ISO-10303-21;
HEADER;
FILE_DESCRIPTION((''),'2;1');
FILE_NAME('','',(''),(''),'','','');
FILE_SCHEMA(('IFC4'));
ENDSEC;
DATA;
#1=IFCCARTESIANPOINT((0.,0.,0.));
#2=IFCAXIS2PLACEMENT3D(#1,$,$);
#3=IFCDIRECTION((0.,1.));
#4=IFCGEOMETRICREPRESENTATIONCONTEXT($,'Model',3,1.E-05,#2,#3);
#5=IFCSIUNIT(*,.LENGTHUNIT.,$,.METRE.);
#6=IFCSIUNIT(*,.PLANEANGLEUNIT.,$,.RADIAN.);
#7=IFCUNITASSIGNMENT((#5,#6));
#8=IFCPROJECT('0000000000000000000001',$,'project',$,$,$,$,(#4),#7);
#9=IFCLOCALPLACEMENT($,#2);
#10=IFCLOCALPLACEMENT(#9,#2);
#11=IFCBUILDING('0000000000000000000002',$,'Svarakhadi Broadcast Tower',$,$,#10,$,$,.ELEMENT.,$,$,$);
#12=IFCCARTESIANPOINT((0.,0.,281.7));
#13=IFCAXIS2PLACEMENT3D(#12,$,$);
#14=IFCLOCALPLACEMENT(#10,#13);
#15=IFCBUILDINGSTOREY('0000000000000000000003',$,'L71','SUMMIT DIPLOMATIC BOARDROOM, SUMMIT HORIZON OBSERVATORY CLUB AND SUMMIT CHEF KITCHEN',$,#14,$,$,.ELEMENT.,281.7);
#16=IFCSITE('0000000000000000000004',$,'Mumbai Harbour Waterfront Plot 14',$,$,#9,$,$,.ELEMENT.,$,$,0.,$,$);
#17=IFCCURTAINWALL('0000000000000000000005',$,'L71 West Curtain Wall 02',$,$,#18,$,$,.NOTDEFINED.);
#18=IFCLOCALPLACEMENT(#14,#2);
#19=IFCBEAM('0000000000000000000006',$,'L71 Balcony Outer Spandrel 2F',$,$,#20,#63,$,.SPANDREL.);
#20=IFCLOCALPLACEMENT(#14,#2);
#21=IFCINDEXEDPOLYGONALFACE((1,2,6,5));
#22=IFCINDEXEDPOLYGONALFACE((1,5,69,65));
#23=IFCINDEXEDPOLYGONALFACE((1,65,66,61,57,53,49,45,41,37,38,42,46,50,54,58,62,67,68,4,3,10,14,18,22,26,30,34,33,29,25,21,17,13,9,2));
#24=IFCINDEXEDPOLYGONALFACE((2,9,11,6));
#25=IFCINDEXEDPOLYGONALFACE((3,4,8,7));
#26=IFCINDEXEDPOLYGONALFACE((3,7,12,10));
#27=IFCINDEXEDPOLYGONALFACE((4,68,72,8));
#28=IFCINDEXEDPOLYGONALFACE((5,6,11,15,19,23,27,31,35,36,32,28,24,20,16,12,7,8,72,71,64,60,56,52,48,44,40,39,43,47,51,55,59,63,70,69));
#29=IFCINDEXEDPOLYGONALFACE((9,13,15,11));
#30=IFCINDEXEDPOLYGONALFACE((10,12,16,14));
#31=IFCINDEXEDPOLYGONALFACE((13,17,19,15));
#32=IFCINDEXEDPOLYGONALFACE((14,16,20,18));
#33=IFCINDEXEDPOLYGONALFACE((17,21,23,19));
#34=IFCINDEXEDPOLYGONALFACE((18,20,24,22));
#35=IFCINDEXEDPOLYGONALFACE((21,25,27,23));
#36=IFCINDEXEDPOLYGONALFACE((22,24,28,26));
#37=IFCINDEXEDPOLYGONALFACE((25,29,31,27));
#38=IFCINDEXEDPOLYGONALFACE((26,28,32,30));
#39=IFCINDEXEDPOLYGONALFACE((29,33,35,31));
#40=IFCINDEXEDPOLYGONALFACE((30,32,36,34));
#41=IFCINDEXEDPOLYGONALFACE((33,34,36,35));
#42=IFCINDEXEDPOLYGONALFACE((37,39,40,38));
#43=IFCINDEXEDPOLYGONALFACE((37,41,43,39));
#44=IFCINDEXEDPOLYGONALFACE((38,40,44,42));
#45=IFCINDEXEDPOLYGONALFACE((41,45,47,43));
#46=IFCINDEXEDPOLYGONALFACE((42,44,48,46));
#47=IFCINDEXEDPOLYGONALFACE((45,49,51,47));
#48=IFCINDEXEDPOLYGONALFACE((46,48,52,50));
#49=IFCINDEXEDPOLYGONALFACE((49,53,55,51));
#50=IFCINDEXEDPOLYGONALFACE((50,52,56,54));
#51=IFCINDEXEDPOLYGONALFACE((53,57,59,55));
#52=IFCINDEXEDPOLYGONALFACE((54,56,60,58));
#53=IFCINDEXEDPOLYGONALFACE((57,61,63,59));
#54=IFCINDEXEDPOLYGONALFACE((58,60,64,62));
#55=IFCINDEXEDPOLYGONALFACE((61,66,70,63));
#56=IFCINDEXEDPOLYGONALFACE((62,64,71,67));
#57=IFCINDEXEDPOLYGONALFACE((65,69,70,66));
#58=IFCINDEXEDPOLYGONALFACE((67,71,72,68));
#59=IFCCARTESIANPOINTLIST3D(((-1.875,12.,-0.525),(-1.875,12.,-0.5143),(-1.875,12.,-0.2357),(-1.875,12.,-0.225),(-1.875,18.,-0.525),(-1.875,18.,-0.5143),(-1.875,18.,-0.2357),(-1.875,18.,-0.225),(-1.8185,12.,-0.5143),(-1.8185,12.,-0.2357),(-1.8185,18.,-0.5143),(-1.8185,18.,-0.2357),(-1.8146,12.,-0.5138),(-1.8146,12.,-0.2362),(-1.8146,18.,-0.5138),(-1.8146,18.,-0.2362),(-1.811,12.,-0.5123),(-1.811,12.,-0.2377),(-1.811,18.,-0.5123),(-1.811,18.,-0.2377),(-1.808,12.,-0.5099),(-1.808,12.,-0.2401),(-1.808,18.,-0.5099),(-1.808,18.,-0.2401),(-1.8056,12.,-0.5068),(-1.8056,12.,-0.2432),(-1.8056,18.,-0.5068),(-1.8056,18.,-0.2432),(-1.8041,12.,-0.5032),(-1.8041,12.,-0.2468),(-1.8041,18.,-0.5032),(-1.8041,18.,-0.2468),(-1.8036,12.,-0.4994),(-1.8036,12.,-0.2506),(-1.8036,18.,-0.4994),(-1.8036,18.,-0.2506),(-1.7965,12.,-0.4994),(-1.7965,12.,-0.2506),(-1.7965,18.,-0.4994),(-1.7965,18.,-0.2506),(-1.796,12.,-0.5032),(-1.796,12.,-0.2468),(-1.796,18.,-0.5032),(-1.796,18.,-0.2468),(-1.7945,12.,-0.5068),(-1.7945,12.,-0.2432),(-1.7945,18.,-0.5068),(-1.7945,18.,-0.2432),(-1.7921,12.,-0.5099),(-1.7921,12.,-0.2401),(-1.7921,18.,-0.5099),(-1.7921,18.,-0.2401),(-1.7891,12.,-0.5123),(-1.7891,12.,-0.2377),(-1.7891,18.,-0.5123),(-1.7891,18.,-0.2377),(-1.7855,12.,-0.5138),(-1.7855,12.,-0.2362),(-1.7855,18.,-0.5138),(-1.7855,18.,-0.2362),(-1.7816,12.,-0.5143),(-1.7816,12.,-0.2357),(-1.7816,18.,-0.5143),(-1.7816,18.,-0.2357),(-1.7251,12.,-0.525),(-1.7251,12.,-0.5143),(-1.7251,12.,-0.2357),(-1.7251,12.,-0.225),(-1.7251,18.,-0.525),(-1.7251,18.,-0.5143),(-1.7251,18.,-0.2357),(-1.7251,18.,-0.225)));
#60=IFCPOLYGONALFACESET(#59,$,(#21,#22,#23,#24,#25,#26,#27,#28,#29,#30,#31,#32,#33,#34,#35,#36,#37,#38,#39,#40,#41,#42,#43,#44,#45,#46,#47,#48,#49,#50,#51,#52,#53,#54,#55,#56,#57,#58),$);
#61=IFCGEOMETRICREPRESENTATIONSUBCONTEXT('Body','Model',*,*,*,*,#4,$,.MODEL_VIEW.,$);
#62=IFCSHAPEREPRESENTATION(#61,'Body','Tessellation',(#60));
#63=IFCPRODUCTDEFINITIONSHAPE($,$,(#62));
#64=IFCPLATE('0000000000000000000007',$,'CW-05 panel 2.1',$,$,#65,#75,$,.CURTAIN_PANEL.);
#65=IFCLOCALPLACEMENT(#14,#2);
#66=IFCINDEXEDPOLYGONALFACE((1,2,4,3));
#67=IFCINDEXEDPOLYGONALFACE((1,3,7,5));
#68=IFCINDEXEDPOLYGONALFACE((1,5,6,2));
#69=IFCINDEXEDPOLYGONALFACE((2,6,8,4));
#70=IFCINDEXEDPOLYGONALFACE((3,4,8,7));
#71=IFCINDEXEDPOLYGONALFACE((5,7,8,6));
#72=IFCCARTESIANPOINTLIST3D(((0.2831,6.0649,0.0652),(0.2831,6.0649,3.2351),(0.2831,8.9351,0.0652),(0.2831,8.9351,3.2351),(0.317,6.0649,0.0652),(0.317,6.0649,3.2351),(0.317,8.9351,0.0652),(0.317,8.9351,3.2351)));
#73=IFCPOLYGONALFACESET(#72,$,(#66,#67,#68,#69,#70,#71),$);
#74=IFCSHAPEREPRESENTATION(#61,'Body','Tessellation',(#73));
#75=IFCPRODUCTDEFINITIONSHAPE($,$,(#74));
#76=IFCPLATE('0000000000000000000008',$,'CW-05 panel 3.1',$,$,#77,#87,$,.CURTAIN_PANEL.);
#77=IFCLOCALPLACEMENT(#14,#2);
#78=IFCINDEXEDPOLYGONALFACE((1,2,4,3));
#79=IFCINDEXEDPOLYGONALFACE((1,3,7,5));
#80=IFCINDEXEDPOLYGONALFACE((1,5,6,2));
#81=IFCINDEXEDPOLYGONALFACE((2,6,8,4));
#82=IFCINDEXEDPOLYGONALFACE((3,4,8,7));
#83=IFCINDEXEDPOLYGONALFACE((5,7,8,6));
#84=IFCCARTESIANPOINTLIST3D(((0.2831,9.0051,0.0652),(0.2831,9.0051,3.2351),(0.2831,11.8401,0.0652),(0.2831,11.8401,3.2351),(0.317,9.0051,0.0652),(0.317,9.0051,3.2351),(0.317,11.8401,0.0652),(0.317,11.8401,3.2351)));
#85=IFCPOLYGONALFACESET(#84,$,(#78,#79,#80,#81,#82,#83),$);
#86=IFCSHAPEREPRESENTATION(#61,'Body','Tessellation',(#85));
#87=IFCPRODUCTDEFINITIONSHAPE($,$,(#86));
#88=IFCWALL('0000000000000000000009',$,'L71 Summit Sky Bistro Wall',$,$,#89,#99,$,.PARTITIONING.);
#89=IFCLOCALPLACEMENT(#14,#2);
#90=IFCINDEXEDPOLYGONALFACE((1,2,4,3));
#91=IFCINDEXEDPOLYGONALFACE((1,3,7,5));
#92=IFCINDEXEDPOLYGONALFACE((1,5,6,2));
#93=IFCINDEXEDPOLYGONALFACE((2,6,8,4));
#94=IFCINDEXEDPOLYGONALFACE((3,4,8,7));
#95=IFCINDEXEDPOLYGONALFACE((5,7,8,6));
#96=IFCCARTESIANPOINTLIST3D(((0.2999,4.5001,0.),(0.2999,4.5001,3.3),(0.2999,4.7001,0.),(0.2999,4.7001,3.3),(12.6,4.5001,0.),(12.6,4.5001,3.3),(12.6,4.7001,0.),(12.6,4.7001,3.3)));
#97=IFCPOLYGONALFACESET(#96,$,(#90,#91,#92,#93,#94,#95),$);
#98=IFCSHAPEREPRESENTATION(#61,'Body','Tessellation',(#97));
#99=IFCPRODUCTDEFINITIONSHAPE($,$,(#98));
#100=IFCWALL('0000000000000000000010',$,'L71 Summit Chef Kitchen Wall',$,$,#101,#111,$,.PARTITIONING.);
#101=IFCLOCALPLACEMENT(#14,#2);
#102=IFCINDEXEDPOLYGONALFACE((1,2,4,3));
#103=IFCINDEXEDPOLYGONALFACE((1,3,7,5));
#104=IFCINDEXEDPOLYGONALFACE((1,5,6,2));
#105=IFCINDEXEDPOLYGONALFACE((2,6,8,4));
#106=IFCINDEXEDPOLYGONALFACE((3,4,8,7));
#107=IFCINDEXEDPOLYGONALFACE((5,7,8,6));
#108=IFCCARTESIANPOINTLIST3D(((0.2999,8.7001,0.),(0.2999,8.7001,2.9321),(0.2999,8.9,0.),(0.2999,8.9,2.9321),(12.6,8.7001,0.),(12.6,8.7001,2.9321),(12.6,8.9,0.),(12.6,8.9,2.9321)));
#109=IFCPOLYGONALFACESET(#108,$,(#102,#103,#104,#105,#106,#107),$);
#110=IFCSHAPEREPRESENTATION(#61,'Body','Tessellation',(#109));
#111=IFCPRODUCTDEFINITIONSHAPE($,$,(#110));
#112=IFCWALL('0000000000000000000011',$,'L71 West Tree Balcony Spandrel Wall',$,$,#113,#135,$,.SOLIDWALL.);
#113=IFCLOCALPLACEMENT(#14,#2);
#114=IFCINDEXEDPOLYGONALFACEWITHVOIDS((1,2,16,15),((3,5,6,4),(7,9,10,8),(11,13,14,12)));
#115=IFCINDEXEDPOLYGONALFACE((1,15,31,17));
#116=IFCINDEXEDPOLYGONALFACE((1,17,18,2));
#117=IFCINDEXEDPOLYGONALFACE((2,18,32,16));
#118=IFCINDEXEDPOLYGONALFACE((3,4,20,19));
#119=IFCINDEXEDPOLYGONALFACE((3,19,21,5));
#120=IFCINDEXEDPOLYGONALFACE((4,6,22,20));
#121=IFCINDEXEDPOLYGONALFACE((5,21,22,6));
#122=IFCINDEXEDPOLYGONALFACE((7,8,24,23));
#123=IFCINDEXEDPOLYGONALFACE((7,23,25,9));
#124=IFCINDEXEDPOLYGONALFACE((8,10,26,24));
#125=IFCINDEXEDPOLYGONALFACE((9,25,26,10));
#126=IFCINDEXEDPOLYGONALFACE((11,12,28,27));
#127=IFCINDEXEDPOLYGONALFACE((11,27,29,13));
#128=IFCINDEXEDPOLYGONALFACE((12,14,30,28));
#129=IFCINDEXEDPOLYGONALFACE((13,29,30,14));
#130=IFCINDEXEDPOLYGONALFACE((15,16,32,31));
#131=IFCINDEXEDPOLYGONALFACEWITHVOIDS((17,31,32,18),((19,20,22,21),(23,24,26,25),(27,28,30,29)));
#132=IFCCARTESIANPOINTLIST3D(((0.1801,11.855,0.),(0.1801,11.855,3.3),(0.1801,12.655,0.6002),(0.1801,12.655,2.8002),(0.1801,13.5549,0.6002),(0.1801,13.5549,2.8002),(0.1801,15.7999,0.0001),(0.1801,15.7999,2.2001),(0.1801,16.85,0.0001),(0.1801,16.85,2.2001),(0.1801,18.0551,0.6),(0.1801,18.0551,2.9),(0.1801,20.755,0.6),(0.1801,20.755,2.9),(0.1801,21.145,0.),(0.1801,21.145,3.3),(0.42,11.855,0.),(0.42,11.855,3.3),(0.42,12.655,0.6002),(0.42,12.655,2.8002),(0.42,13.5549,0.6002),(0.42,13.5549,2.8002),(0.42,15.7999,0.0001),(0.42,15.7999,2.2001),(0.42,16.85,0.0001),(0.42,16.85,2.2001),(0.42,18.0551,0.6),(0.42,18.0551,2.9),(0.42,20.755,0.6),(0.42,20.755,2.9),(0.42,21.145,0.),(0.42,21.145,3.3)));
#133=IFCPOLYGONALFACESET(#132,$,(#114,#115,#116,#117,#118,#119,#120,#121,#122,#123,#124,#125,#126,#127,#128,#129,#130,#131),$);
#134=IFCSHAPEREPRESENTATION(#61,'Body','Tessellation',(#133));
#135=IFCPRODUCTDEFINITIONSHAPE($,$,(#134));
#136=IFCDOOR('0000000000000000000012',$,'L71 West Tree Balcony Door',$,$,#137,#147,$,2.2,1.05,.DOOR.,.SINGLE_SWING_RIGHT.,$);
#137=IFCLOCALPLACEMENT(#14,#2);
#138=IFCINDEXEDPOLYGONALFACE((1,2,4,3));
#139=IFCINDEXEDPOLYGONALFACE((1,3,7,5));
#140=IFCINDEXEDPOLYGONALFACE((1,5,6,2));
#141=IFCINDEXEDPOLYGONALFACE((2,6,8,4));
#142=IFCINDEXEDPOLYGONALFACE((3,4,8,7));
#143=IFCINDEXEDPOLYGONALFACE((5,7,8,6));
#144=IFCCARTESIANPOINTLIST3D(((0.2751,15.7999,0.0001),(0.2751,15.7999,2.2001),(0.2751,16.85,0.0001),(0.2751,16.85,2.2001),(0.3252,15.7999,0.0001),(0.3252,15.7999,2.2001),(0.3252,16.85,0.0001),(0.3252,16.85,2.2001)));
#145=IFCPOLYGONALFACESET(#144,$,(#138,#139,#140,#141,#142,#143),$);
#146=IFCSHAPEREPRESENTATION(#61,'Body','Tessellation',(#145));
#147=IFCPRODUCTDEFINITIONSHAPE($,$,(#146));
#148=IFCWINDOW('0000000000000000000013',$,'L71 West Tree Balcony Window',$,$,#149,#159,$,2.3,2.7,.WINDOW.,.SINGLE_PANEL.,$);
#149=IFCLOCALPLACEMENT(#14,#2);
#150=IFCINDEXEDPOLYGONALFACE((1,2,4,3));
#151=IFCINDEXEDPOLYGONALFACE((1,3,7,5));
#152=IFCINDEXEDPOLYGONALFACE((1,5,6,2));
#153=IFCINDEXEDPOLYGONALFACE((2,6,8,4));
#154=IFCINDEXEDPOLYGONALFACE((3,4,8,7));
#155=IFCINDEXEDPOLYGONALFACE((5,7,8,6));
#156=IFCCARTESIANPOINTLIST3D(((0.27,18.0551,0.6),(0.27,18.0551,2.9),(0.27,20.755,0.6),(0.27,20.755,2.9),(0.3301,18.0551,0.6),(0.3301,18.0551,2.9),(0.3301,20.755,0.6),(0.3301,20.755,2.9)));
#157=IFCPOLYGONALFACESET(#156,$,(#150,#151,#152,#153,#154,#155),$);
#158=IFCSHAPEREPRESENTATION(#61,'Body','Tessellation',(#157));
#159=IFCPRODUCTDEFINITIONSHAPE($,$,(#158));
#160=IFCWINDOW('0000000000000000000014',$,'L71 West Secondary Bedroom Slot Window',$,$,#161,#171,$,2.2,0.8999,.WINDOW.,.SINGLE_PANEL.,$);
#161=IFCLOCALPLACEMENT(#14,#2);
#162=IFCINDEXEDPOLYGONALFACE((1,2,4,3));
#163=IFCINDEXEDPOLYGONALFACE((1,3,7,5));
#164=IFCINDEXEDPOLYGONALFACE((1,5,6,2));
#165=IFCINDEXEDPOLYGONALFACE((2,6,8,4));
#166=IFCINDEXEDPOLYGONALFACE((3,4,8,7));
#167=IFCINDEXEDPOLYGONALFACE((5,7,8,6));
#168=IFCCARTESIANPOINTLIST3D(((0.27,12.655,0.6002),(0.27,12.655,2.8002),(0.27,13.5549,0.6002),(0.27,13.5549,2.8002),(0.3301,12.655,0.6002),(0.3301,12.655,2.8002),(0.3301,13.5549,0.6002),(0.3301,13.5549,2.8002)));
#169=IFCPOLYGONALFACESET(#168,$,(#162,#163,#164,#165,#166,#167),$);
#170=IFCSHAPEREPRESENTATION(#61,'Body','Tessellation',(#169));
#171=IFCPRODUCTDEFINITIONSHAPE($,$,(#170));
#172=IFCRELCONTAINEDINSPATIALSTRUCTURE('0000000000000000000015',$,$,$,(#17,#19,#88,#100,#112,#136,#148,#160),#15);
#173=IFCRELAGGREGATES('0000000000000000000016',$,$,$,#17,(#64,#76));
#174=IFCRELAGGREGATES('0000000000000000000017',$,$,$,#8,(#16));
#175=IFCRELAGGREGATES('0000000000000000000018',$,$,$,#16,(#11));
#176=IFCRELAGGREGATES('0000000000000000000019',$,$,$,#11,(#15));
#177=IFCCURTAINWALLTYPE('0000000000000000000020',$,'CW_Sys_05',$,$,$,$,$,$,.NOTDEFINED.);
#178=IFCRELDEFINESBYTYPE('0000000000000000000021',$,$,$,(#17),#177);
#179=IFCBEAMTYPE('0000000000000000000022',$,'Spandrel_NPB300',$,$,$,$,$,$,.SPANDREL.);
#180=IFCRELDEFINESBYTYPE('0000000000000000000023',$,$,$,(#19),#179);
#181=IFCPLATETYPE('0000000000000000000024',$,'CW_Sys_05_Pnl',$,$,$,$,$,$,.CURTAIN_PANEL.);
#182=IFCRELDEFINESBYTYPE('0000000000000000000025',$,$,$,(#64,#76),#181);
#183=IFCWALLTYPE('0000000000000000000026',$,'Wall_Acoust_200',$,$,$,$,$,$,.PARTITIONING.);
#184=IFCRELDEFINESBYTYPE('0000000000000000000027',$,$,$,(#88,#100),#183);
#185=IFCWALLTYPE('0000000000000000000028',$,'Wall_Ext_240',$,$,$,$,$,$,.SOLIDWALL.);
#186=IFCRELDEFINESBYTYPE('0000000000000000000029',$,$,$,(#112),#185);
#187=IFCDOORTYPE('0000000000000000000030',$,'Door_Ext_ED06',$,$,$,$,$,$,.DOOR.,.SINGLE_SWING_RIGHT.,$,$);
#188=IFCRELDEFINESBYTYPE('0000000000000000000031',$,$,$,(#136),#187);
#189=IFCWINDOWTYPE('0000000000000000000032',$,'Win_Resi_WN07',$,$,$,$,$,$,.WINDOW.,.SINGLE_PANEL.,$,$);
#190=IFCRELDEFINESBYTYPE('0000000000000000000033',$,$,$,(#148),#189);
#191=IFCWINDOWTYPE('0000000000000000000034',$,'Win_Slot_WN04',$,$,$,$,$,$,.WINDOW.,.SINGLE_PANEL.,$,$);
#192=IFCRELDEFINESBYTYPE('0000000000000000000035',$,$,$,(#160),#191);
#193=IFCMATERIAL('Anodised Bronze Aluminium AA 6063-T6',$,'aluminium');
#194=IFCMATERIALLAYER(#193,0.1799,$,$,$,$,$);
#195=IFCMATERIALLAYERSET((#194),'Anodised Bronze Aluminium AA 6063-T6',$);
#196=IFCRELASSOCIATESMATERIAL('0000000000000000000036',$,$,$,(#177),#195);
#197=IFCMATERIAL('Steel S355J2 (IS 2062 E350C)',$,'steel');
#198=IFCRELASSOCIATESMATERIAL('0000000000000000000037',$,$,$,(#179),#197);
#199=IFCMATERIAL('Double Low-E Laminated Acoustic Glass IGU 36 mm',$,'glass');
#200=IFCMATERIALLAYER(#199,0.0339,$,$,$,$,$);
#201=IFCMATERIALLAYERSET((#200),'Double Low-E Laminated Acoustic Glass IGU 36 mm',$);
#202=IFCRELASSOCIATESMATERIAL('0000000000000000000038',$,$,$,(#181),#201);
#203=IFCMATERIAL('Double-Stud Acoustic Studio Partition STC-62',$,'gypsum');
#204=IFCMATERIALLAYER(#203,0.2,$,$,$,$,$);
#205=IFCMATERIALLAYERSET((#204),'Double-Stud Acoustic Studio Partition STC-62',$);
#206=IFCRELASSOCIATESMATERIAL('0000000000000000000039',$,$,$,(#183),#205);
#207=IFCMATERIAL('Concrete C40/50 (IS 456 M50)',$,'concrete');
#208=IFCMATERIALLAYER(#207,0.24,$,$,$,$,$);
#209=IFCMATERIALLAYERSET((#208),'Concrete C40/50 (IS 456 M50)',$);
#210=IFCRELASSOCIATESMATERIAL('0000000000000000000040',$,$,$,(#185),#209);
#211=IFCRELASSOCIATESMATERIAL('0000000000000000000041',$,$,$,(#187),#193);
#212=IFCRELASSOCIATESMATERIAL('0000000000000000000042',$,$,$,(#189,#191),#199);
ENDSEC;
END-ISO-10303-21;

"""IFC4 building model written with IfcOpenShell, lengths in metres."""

from ifc_helpers import new_model, si_unit, direction, frame, frame_2d, origin, origin_2d, place, context, subcontext, project, spatial, rectangle, i_section, extrude, material, layer, layer_set, material_profile, profile_set, type_object, element, fill, aggregate, save


model = new_model("IFC4")

# Units and contexts
model_context = context("Model", 3, precision=1e-05, world=origin(), true_north=direction((0.0, 1.0)))
body_context = subcontext(model_context, "Body", "Model", "MODEL_VIEW")
ifc_project = project(units=[si_unit("LENGTHUNIT", "METRE"), si_unit("PLANEANGLEUNIT", "RADIAN")], contexts=[model_context])

# Site, building, storey
site_placement = place(None, origin())
site = spatial("IfcSite", under=ifc_project, at=site_placement, Name="Mumbai Harbour Waterfront Plot 14", CompositionType="ELEMENT", RefElevation=0.0)
building_placement = place(site_placement, origin())
building = spatial("IfcBuilding", under=site, at=building_placement, Name="Svarakhadi Broadcast Tower", CompositionType="ELEMENT")
storey_placement = place(building_placement, frame((0.0, 0.0, 281.7)))
storey = spatial("IfcBuildingStorey", under=building, at=storey_placement, Name="L71", Description="SUMMIT DIPLOMATIC BOARDROOM, SUMMIT HORIZON OBSERVATORY CLUB AND SUMMIT CHEF KITCHEN", CompositionType="ELEMENT", Elevation=281.7)

# Shared definitions
ifc_material_1 = material(Name="Steel S355J2 (IS 2062 E350C)", Category="steel")

# Curtain wall
ifc_material_2 = material(Name="Anodised Bronze Aluminium AA 6063-T6", Category="aluminium")
ifc_layer_1 = layer(ifc_material_2, 0.1799)
ifc_layer_set_1 = layer_set([ifc_layer_1], Name="Anodised Bronze Aluminium AA 6063-T6")
curtain_wall_type = type_object("IfcCurtainWallType", Name="CW_Sys_05", PredefinedType="NOTDEFINED", material=ifc_layer_set_1)
curtain_wall_placement = place(storey_placement, origin())
curtain_wall = element("IfcCurtainWall", 1, at=curtain_wall_placement, inside=storey, type_object=curtain_wall_type, Name="L71 West Curtain Wall 02", PredefinedType="NOTDEFINED")

# Beam
ifc_material_profile_1 = material_profile(ifc_material_1, i_section(OverallWidth=0.1499, OverallDepth=0.3, WebThickness=0.0071, FlangeThickness=0.0107, FilletRadius=0.0149, at=origin_2d()), Name="NPB 300x150x37")
ifc_profile_set_1 = profile_set([ifc_material_profile_1], Name="Steel S355J2 (IS 2062 E350C)")
beam_type_1 = type_object("IfcBeamType", Name="Spandrel_NPB300", PredefinedType="SPANDREL", material=ifc_profile_set_1)
beam_1_placement = place(storey_placement, frame((-1.8, 12.0, -0.375), z_axis=(0.0, 1.0, 0.0), x_axis=(-1.0, 0.0, 0.0)))
element("IfcBeam", 2, at=beam_1_placement, inside=storey, type_object=beam_type_1, Name="L71 Balcony Outer Spandrel 2F", PredefinedType="SPANDREL", context=body_context, shape_type="SweptSolid", body=[
    extrude(i_section(OverallWidth=0.1499, OverallDepth=0.3, WebThickness=0.0071, FlangeThickness=0.0107, FilletRadius=0.0149, at=origin_2d()), origin(), (0.0, 0.0, 1.0), 6.0),
])

# Plates
ifc_material_3 = material(Name="Double Low-E Laminated Acoustic Glass IGU 36 mm", Category="glass")
ifc_layer_2 = layer(ifc_material_3, 0.0339)
ifc_layer_set_2 = layer_set([ifc_layer_2], Name="Double Low-E Laminated Acoustic Glass IGU 36 mm")
plate_type = type_object("IfcPlateType", Name="CW_Sys_05_Pnl", PredefinedType="CURTAIN_PANEL", material=ifc_layer_set_2)
plate_1_placement = place(storey_placement, frame((0.3, 7.5, 0.0652), z_axis=(0.0, 0.0, 1.0), x_axis=(0.0, 1.0, 0.0)))
plate_1 = element("IfcPlate", 3, at=plate_1_placement, type_object=plate_type, Name="CW-05 panel 2.1", PredefinedType="CURTAIN_PANEL", context=body_context, shape_type="SweptSolid", body=[
    extrude(rectangle(XDim=2.8701, YDim=0.0339, at=origin_2d()), origin(), (0.0, 0.0, 1.0), 3.1699),
])
plate_2_placement = place(storey_placement, frame((0.3, 10.4226, 0.0652), z_axis=(0.0, 0.0, 1.0), x_axis=(0.0, 1.0, 0.0)))
plate_2 = element("IfcPlate", 4, at=plate_2_placement, type_object=plate_type, Name="CW-05 panel 3.1", PredefinedType="CURTAIN_PANEL", context=body_context, shape_type="SweptSolid", body=[
    extrude(rectangle(XDim=2.835, YDim=0.0339, at=origin_2d()), origin(), (0.0, 0.0, 1.0), 3.1699),
])
aggregate(curtain_wall, [plate_1, plate_2])

# Walls
ifc_material_4 = material(Name="Double-Stud Acoustic Studio Partition STC-62", Category="gypsum")
ifc_layer_3 = layer(ifc_material_4, 0.2)
ifc_layer_set_3 = layer_set([ifc_layer_3], Name="Double-Stud Acoustic Studio Partition STC-62")
wall_type_1 = type_object("IfcWallType", Name="Wall_Acoust_200", PredefinedType="PARTITIONING", material=ifc_layer_set_3)
wall_1_placement = place(storey_placement, frame((0.3, 4.6001, 0.0), z_axis=(0.0, 0.0, 1.0), x_axis=(1.0, 0.0, 0.0)))
element("IfcWall", 5, at=wall_1_placement, inside=storey, type_object=wall_type_1, Name="L71 Summit Sky Bistro Wall", PredefinedType="PARTITIONING", context=body_context, shape_type="SweptSolid", body=[
    extrude(rectangle(XDim=12.3, YDim=0.2, at=frame_2d((6.1499, 0.0))), origin(), (0.0, 0.0, 1.0), 3.3),
])
wall_2_placement = place(storey_placement, frame((0.3, 8.8, 0.0), z_axis=(0.0, 0.0, 1.0), x_axis=(1.0, 0.0, 0.0)))
element("IfcWall", 6, at=wall_2_placement, inside=storey, type_object=wall_type_1, Name="L71 Summit Chef Kitchen Wall", PredefinedType="PARTITIONING", context=body_context, shape_type="SweptSolid", body=[
    extrude(rectangle(XDim=12.3, YDim=0.2, at=frame_2d((6.1499, 0.0))), origin(), (0.0, 0.0, 1.0), 2.9321),
])

# Wall, openings, door, windows
ifc_material_5 = material(Name="Concrete C40/50 (IS 456 M50)", Category="concrete")
ifc_layer_4 = layer(ifc_material_5, 0.24)
ifc_layer_set_4 = layer_set([ifc_layer_4], Name="Concrete C40/50 (IS 456 M50)")
wall_type_2 = type_object("IfcWallType", Name="Wall_Ext_240", PredefinedType="SOLIDWALL", material=ifc_layer_set_4)
wall_3_placement = place(storey_placement, frame((0.3, 11.855, 0.0), z_axis=(0.0, 0.0, 1.0), x_axis=(0.0, 1.0, 0.0)))
wall_3 = element("IfcWall", 7, at=wall_3_placement, inside=storey, type_object=wall_type_2, Name="L71 West Tree Balcony Spandrel Wall", PredefinedType="SOLIDWALL", context=body_context, shape_type="SweptSolid", body=[
    extrude(rectangle(XDim=9.29, YDim=0.24, at=frame_2d((4.645, 0.0))), origin(), (0.0, 0.0, 1.0), 3.3),
])
opening_1_placement = place(wall_3_placement, frame((3.9451, 0.0, 0.0)))
opening_1 = element("IfcOpeningElement", 8, at=opening_1_placement, cuts=wall_3, PredefinedType="OPENING", context=body_context, shape_type="SweptSolid", body=[
    extrude(rectangle(XDim=1.05, YDim=2.2, at=frame_2d((0.5249, 1.1001))), frame((0.0, 0.1299, 0.0), z_axis=(0.0, -1.0, 0.0), x_axis=(1.0, 0.0, 0.0)), (0.0, 0.0, 1.0), 0.26),
])
opening_2_placement = place(wall_3_placement, frame((6.2, 0.0, 0.6001)))
opening_2 = element("IfcOpeningElement", 9, at=opening_2_placement, cuts=wall_3, PredefinedType="OPENING", context=body_context, shape_type="SweptSolid", body=[
    extrude(rectangle(XDim=2.7, YDim=2.3, at=frame_2d((1.3501, 1.1499))), frame((0.0, 0.1299, 0.0), z_axis=(0.0, -1.0, 0.0), x_axis=(1.0, 0.0, 0.0)), (0.0, 0.0, 1.0), 0.26),
])
opening_3_placement = place(wall_3_placement, frame((0.8, 0.0, 0.6001)))
opening_3 = element("IfcOpeningElement", 10, at=opening_3_placement, cuts=wall_3, PredefinedType="OPENING", context=body_context, shape_type="SweptSolid", body=[
    extrude(rectangle(XDim=0.8999, YDim=2.2, at=frame_2d((0.45, 1.1001))), frame((0.0, 0.1299, 0.0), z_axis=(0.0, -1.0, 0.0), x_axis=(1.0, 0.0, 0.0)), (0.0, 0.0, 1.0), 0.26),
])
door_type = type_object("IfcDoorType", Name="Door_Ext_ED06", OperationType="SINGLE_SWING_RIGHT", PredefinedType="DOOR", material=ifc_material_2)
door_placement = place(opening_1_placement, origin())
door = element("IfcDoor", 11, at=door_placement, inside=storey, type_object=door_type, Name="L71 West Tree Balcony Door", OperationType="SINGLE_SWING_RIGHT", OverallHeight=2.2, OverallWidth=1.05, PredefinedType="DOOR", context=body_context, shape_type="SweptSolid", body=[
    extrude(rectangle(XDim=1.05, YDim=2.2, at=frame_2d((0.5249, 1.1001))), frame((0.0, 0.0249, 0.0), z_axis=(0.0, -1.0, 0.0), x_axis=(1.0, 0.0, 0.0)), (0.0, 0.0, 1.0), 0.05),
])
fill(opening_1, door)
window_type_1 = type_object("IfcWindowType", Name="Win_Resi_WN07", PartitioningType="SINGLE_PANEL", PredefinedType="WINDOW", material=ifc_material_3)
window_1_placement = place(opening_2_placement, origin())
window_1 = element("IfcWindow", 12, at=window_1_placement, inside=storey, type_object=window_type_1, Name="L71 West Tree Balcony Window", OverallHeight=2.3, OverallWidth=2.7, PartitioningType="SINGLE_PANEL", PredefinedType="WINDOW", context=body_context, shape_type="SweptSolid", body=[
    extrude(rectangle(XDim=2.7, YDim=2.3, at=frame_2d((1.3501, 1.1499))), frame((0.0, 0.03, 0.0), z_axis=(0.0, -1.0, 0.0), x_axis=(1.0, 0.0, 0.0)), (0.0, 0.0, 1.0), 0.0601),
])
fill(opening_2, window_1)
window_type_2 = type_object("IfcWindowType", Name="Win_Slot_WN04", PartitioningType="SINGLE_PANEL", PredefinedType="WINDOW", material=ifc_material_3)
window_2_placement = place(opening_3_placement, origin())
window_2 = element("IfcWindow", 13, at=window_2_placement, inside=storey, type_object=window_type_2, Name="L71 West Secondary Bedroom Slot Window", OverallHeight=2.2, OverallWidth=0.8999, PartitioningType="SINGLE_PANEL", PredefinedType="WINDOW", context=body_context, shape_type="SweptSolid", body=[
    extrude(rectangle(XDim=0.8999, YDim=2.2, at=frame_2d((0.45, 1.1001))), frame((0.0, 0.03, 0.0), z_axis=(0.0, -1.0, 0.0), x_axis=(1.0, 0.0, 0.0)), (0.0, 0.0, 1.0), 0.0601),
])
fill(opening_3, window_2)

save(model, "model.ifc")
